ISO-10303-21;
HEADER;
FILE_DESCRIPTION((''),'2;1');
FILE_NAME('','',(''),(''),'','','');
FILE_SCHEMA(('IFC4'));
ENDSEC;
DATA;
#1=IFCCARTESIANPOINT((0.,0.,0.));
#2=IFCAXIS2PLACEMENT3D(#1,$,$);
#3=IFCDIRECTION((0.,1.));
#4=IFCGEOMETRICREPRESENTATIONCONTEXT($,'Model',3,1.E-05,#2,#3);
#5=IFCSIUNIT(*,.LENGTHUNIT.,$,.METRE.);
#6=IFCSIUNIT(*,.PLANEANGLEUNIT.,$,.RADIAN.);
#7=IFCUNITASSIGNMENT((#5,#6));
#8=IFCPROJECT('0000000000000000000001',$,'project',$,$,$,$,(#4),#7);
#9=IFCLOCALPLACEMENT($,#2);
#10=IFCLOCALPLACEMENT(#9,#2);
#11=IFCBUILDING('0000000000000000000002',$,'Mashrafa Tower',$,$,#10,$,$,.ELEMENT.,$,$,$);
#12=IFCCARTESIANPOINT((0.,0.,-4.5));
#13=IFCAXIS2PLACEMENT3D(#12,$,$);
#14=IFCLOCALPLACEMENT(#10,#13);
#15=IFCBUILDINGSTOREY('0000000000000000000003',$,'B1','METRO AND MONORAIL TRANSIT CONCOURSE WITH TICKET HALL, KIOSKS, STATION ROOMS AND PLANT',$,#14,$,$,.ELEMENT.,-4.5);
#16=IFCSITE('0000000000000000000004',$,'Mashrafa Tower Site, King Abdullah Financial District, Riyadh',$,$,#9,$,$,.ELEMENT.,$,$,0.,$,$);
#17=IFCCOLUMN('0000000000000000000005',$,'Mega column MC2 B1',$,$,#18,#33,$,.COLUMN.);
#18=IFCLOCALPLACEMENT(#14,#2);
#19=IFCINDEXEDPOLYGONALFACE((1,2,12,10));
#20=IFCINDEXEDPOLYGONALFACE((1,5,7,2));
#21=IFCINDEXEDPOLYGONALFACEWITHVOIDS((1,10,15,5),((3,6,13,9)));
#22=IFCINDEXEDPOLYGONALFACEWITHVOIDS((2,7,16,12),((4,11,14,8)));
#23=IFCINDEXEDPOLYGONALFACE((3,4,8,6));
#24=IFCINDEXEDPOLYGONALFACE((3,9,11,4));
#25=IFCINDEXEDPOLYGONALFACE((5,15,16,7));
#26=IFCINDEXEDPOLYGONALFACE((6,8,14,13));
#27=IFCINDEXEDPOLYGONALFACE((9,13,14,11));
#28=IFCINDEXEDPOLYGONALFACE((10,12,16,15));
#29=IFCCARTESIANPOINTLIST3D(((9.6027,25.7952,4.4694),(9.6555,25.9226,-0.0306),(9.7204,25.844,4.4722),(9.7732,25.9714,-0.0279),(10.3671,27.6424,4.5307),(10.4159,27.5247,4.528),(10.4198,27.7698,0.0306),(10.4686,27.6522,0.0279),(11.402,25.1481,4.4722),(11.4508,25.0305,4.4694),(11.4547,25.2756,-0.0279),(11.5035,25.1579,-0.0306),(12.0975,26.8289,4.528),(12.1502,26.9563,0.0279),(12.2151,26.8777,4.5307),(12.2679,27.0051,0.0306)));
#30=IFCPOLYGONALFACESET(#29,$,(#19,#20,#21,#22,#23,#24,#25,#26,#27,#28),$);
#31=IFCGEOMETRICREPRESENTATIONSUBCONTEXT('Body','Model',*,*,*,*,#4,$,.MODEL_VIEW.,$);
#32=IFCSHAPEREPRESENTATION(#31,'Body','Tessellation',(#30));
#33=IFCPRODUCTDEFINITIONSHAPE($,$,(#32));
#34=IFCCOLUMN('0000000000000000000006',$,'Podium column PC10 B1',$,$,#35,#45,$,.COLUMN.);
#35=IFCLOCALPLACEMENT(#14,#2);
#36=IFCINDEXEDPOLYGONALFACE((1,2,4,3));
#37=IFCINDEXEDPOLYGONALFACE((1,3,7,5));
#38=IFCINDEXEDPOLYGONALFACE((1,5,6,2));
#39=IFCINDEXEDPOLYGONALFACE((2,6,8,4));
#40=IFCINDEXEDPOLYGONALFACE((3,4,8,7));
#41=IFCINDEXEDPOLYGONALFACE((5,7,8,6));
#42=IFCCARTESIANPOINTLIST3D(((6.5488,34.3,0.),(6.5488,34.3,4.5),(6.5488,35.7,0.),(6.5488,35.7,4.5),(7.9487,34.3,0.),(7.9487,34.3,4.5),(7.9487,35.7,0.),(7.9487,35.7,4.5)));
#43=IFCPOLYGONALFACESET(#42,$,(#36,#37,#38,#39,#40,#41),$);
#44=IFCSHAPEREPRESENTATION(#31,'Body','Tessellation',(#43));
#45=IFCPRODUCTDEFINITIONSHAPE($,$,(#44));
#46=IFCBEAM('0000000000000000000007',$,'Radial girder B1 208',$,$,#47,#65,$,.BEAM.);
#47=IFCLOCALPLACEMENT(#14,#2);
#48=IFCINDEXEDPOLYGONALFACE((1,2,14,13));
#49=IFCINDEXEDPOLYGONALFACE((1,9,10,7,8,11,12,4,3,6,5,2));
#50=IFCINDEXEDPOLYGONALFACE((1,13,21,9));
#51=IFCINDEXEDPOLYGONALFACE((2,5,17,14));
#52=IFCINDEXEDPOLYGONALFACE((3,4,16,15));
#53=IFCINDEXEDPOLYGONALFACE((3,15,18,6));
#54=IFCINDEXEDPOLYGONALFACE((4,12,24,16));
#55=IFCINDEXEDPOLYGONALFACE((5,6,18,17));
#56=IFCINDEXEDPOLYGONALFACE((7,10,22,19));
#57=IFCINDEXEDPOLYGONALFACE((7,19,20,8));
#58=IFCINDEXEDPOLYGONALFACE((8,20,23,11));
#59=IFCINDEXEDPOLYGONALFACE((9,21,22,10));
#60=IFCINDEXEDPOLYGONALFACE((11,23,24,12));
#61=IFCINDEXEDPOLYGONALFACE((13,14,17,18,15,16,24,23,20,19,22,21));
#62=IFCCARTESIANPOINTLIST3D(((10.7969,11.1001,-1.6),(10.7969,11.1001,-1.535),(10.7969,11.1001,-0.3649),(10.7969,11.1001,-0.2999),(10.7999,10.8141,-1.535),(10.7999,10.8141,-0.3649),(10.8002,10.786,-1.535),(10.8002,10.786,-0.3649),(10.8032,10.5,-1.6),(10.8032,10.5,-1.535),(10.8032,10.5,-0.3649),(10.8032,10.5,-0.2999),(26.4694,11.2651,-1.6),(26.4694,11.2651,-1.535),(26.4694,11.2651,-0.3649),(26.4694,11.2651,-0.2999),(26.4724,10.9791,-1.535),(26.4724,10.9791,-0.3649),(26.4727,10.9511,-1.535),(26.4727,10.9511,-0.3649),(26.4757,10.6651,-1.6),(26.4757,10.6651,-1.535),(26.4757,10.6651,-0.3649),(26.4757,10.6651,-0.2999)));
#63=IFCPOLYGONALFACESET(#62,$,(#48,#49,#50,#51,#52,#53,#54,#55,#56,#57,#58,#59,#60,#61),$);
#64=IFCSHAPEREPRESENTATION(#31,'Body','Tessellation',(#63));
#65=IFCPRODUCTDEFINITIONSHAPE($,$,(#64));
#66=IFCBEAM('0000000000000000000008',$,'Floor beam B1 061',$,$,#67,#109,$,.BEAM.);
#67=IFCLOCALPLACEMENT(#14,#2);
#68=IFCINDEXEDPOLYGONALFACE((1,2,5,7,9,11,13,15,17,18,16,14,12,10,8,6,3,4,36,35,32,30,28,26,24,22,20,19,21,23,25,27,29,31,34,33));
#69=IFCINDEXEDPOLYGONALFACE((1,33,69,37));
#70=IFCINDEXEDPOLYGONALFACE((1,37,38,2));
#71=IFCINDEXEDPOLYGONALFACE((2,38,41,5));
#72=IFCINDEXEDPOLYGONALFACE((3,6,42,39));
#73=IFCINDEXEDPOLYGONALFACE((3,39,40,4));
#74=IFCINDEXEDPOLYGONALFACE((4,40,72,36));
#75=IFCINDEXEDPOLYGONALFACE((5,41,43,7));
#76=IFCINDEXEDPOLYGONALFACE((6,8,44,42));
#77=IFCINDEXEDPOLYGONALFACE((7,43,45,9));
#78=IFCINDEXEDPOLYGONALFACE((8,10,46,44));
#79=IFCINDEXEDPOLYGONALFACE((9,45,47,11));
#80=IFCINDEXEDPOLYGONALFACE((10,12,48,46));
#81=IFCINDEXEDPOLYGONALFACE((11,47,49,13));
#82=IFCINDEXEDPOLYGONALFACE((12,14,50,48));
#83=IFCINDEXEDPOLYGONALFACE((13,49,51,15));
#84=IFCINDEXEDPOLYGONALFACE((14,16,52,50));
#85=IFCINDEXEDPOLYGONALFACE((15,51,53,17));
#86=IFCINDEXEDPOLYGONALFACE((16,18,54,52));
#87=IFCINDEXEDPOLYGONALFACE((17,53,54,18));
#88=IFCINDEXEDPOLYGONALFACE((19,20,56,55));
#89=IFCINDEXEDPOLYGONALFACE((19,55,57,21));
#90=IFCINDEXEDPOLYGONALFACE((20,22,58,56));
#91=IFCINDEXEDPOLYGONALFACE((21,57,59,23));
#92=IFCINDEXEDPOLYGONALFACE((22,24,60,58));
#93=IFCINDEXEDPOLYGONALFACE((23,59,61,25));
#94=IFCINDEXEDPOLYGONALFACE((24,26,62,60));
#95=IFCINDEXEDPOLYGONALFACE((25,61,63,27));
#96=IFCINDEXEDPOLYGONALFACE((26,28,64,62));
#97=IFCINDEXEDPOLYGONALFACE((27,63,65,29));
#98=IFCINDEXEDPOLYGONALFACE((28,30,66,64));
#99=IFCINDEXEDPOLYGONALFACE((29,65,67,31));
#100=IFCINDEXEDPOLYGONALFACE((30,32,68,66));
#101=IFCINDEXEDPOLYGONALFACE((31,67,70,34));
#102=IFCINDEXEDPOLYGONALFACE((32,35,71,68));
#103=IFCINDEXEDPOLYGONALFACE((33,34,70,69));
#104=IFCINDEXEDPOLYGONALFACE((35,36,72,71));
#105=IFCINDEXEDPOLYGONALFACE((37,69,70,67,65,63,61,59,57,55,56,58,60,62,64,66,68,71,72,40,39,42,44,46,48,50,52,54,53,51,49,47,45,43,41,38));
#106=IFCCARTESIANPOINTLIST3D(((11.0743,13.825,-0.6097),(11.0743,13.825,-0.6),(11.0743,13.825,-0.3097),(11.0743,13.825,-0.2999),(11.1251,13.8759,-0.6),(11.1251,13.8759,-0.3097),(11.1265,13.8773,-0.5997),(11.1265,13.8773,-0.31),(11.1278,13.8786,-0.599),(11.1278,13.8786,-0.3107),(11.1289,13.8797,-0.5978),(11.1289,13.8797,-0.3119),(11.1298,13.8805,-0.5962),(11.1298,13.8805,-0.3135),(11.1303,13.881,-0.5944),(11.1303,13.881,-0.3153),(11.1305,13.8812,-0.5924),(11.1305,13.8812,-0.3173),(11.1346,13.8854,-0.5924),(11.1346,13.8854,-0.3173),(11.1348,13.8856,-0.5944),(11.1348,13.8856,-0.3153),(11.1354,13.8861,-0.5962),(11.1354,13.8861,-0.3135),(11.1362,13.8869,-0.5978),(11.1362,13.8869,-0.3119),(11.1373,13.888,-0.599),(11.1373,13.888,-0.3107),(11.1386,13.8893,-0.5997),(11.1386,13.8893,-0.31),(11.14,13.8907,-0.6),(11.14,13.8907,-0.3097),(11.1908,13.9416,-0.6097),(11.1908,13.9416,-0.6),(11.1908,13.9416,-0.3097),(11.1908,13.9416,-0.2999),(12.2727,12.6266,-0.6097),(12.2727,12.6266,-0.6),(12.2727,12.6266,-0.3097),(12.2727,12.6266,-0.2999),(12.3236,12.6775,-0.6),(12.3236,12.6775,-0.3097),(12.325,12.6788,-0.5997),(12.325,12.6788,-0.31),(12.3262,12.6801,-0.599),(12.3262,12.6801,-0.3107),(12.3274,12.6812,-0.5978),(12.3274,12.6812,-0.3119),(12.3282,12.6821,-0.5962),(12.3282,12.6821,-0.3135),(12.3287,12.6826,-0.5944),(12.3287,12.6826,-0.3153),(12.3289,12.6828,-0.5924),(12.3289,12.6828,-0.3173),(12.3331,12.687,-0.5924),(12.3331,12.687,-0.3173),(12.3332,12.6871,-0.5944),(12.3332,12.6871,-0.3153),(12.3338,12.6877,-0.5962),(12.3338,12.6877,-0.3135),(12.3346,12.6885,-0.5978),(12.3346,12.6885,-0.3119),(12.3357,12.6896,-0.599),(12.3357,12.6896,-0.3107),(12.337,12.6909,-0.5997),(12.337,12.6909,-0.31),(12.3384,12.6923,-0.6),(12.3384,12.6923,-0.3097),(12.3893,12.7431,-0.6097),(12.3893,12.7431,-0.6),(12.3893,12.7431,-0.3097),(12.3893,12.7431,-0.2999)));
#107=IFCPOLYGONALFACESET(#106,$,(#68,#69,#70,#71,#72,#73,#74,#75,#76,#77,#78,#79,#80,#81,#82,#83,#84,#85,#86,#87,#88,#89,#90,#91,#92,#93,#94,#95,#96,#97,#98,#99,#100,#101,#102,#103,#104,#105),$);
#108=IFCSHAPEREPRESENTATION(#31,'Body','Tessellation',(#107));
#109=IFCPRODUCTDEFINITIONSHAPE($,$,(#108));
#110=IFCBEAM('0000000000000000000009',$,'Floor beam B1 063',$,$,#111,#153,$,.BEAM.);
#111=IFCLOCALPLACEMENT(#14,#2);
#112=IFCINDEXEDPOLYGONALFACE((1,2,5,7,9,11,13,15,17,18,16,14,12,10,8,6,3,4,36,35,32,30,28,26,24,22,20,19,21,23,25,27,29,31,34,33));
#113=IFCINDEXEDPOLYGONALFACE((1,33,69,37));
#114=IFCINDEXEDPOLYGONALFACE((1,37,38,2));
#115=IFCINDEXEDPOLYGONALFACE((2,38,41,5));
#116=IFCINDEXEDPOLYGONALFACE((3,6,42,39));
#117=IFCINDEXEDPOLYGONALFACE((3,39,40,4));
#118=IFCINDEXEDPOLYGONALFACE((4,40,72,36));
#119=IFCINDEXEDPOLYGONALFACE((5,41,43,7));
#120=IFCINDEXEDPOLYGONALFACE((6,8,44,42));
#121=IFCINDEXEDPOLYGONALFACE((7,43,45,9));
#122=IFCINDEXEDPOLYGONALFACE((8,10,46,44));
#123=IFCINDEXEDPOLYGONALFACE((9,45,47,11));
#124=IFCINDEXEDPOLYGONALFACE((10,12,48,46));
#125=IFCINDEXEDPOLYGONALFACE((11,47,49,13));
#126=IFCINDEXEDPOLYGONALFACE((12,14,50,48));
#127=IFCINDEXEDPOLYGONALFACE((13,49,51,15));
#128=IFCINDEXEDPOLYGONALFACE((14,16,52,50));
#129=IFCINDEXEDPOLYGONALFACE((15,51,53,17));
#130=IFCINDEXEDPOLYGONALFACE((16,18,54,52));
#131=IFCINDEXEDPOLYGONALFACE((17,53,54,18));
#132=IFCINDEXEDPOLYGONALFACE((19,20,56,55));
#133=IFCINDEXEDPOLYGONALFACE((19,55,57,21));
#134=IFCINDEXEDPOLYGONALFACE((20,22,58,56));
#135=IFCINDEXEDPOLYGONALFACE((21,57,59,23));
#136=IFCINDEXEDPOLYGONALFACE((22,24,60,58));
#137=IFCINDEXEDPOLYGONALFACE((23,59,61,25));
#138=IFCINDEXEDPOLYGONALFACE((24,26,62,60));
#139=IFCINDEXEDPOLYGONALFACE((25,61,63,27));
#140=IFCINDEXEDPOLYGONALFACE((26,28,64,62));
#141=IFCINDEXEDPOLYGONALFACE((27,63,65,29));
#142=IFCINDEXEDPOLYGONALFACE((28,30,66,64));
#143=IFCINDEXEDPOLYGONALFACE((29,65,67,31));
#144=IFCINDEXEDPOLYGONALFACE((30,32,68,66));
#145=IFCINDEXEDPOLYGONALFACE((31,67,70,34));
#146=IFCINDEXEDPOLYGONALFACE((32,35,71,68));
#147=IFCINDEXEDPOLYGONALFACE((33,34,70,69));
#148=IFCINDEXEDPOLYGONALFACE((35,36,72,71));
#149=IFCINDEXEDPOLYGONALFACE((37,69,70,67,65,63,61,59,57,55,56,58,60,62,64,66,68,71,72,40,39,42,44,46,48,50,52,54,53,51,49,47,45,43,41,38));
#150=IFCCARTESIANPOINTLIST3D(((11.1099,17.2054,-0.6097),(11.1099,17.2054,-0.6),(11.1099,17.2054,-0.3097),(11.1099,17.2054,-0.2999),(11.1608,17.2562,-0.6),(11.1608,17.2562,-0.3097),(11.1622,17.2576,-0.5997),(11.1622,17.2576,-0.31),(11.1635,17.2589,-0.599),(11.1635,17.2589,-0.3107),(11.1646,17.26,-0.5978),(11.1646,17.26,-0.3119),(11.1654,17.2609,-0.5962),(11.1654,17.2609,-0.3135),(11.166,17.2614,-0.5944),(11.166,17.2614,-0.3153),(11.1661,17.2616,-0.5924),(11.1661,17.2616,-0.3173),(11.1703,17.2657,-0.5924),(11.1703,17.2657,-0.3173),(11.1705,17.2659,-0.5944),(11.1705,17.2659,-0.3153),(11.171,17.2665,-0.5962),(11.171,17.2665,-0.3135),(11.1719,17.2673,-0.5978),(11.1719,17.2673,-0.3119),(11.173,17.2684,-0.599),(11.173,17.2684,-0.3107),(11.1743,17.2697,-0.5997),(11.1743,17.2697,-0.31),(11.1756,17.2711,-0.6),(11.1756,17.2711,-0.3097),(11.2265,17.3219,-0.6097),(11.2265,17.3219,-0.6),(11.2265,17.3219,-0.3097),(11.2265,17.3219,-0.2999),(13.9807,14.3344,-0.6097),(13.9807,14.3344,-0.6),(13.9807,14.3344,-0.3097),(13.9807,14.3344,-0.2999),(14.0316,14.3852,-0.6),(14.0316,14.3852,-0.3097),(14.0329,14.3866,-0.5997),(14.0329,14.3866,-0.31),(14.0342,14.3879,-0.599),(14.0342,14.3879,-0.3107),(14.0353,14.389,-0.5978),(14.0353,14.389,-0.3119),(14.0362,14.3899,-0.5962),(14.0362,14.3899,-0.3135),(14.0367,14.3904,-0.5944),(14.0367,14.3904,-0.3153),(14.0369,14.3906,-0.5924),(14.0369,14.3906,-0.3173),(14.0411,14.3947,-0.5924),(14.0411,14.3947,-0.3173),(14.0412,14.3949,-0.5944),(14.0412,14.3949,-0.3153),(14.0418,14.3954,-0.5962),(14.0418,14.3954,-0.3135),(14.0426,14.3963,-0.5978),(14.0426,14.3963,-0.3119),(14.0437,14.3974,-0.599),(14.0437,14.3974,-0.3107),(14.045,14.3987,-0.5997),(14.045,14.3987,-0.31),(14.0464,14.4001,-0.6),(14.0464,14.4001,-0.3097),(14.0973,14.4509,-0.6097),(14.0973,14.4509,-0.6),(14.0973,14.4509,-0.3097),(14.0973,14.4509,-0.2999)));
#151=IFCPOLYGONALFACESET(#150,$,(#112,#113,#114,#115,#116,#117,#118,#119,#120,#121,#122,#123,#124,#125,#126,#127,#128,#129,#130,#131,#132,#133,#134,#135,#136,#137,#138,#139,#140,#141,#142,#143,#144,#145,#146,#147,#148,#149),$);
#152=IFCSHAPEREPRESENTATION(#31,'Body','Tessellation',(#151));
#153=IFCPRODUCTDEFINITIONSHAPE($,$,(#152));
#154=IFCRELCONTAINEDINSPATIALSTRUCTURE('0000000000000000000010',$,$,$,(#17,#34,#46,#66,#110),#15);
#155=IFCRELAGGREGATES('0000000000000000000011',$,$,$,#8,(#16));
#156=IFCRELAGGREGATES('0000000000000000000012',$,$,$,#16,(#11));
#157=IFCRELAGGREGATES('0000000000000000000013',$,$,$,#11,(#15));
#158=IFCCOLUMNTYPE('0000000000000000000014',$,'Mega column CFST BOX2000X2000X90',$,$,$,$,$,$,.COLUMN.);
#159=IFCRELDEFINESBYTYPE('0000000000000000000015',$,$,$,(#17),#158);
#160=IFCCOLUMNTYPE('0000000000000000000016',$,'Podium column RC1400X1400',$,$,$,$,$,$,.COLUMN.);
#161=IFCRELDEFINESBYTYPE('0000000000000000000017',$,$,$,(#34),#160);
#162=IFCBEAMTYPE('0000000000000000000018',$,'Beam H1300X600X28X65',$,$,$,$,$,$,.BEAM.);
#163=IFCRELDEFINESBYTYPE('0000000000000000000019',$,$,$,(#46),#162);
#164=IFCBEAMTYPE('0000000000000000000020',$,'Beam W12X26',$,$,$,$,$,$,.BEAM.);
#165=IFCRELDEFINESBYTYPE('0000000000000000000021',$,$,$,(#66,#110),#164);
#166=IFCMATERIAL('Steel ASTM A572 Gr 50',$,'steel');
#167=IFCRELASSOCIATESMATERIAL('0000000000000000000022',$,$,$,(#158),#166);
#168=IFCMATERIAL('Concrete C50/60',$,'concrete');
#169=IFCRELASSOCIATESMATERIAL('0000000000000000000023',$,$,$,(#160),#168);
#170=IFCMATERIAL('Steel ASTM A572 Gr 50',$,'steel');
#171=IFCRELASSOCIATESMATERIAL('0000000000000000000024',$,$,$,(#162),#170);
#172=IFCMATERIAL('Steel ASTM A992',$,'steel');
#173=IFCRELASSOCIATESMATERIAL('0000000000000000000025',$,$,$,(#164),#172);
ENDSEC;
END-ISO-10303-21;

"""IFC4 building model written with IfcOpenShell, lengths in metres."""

from ifc_helpers import new_model, si_unit, direction, frame, origin, origin_2d, place, context, subcontext, project, spatial, rectangle, hollow_rectangle, i_section, extrude, material, material_profile, profile_set, type_object, element, save


model = new_model("IFC4")

# Units and contexts
model_context = context("Model", 3, precision=1e-05, world=origin(), true_north=direction((0.0, 1.0)))
body_context = subcontext(model_context, "Body", "Model", "MODEL_VIEW")
ifc_project = project(units=[si_unit("LENGTHUNIT", "METRE"), si_unit("PLANEANGLEUNIT", "RADIAN")], contexts=[model_context])

# Site, building, storey
site_placement = place(None, origin())
site = spatial("IfcSite", under=ifc_project, at=site_placement, Name="Mashrafa Tower Site, King Abdullah Financial District, Riyadh", CompositionType="ELEMENT", RefElevation=0.0)
building_placement = place(site_placement, origin())
building = spatial("IfcBuilding", under=site, at=building_placement, Name="Mashrafa Tower", CompositionType="ELEMENT")
storey_placement = place(building_placement, frame((0.0, 0.0, -4.5)))
storey = spatial("IfcBuildingStorey", under=building, at=storey_placement, Name="B1", Description="METRO AND MONORAIL TRANSIT CONCOURSE WITH TICKET HALL, KIOSKS, STATION ROOMS AND PLANT", CompositionType="ELEMENT", Elevation=-4.5)

# Columns
ifc_material_1 = material(Name="Steel ASTM A572 Gr 50", Category="steel")
ifc_material_profile_1 = material_profile(ifc_material_1, hollow_rectangle(XDim=2.0, YDim=2.0, WallThickness=0.0901, at=origin_2d()), Name="BOX2000X2000X90")
ifc_profile_set_1 = profile_set([ifc_material_profile_1], Name="Steel ASTM A572 Gr 50")
column_type_1 = type_object("IfcColumnType", Name="Mega column CFST BOX2000X2000X90", PredefinedType="COLUMN", material=ifc_profile_set_1)
column_1_placement = place(storey_placement, frame((10.9617, 26.4639, 0.0), z_axis=(-0.011713, -0.028307, 0.999531), x_axis=(0.924017, -0.382352, 0.0)))
element("IfcColumn", 1, at=column_1_placement, inside=storey, type_object=column_type_1, Name="Mega column MC2 B1", PredefinedType="COLUMN", context=body_context, shape_type="SweptSolid", body=[
    extrude(hollow_rectangle(XDim=2.0, YDim=2.0, WallThickness=0.0901, at=origin_2d()), origin(), (0.0, 0.0, 1.0), 4.5022),
])
ifc_material_2 = material(Name="Concrete C50/60", Category="concrete")
ifc_material_profile_2 = material_profile(ifc_material_2, rectangle(XDim=1.3999, YDim=1.3999, at=origin_2d()), Name="RC1400X1400")
ifc_profile_set_2 = profile_set([ifc_material_profile_2], Name="Concrete C50/60")
column_type_2 = type_object("IfcColumnType", Name="Podium column RC1400X1400", PredefinedType="COLUMN", material=ifc_profile_set_2)
column_2_placement = place(storey_placement, frame((7.2488, 35.0, 0.0), z_axis=(0.0, 0.0, 1.0), x_axis=(1.0, 0.0, 0.0)))
element("IfcColumn", 2, at=column_2_placement, inside=storey, type_object=column_type_2, Name="Podium column PC10 B1", PredefinedType="COLUMN", context=body_context, shape_type="SweptSolid", body=[
    extrude(rectangle(XDim=1.3999, YDim=1.3999, at=origin_2d()), origin(), (0.0, 0.0, 1.0), 4.5),
])

# Beams
ifc_material_3 = material(Name="Steel ASTM A572 Gr 50", Category="steel")
ifc_material_profile_3 = material_profile(ifc_material_3, i_section(OverallWidth=0.6001, OverallDepth=1.3, WebThickness=0.0281, FlangeThickness=0.0649, at=origin_2d()), Name="H1300X600X28X65")
ifc_profile_set_3 = profile_set([ifc_material_profile_3], Name="Steel ASTM A572 Gr 50")
beam_type_1 = type_object("IfcBeamType", Name="Beam H1300X600X28X65", PredefinedType="BEAM", material=ifc_profile_set_3)
beam_1_placement = place(storey_placement, frame((10.8, 10.8, -0.95), z_axis=(0.999945, 0.01053, 0.0), x_axis=(-0.01053, 0.999945, 0.0)))
element("IfcBeam", 3, at=beam_1_placement, inside=storey, type_object=beam_type_1, Name="Radial girder B1 208", PredefinedType="BEAM", context=body_context, shape_type="SweptSolid", body=[
    extrude(i_section(OverallWidth=0.6001, OverallDepth=1.3, WebThickness=0.0281, FlangeThickness=0.0649, at=origin_2d()), origin(), (0.0, 0.0, 1.0), 15.6733),
])
ifc_material_4 = material(Name="Steel ASTM A992", Category="steel")
ifc_material_profile_4 = material_profile(ifc_material_4, i_section(OverallWidth=0.1648, OverallDepth=0.3098, WebThickness=0.0059, FlangeThickness=0.0098, FilletRadius=0.0076, at=origin_2d()), Name="W12X26")
ifc_profile_set_4 = profile_set([ifc_material_profile_4], Name="Steel ASTM A992")
beam_type_2 = type_object("IfcBeamType", Name="Beam W12X26", PredefinedType="BEAM", material=ifc_profile_set_4)
beam_2_placement = place(storey_placement, frame((11.1326, 13.8833, -0.4548), z_axis=(0.707107, -0.707107, 0.0), x_axis=(0.707107, 0.707107, 0.0)))
element("IfcBeam", 4, at=beam_2_placement, inside=storey, type_object=beam_type_2, Name="Floor beam B1 061", PredefinedType="BEAM", context=body_context, shape_type="SweptSolid", body=[
    extrude(i_section(OverallWidth=0.1648, OverallDepth=0.3098, WebThickness=0.0059, FlangeThickness=0.0098, FilletRadius=0.0076, at=origin_2d()), origin(), (0.0, 0.0, 1.0), 1.6948),
])
beam_3_placement = place(storey_placement, frame((11.1682, 17.2637, -0.4548), z_axis=(0.707077, -0.707137, 0.0), x_axis=(0.707137, 0.707077, 0.0)))
element("IfcBeam", 5, at=beam_3_placement, inside=storey, type_object=beam_type_2, Name="Floor beam B1 063", PredefinedType="BEAM", context=body_context, shape_type="SweptSolid", body=[
    extrude(i_section(OverallWidth=0.1648, OverallDepth=0.3098, WebThickness=0.0059, FlangeThickness=0.0098, FilletRadius=0.0076, at=origin_2d()), origin(), (0.0, 0.0, 1.0), 4.0601),
])

save(model, "model.ifc")
